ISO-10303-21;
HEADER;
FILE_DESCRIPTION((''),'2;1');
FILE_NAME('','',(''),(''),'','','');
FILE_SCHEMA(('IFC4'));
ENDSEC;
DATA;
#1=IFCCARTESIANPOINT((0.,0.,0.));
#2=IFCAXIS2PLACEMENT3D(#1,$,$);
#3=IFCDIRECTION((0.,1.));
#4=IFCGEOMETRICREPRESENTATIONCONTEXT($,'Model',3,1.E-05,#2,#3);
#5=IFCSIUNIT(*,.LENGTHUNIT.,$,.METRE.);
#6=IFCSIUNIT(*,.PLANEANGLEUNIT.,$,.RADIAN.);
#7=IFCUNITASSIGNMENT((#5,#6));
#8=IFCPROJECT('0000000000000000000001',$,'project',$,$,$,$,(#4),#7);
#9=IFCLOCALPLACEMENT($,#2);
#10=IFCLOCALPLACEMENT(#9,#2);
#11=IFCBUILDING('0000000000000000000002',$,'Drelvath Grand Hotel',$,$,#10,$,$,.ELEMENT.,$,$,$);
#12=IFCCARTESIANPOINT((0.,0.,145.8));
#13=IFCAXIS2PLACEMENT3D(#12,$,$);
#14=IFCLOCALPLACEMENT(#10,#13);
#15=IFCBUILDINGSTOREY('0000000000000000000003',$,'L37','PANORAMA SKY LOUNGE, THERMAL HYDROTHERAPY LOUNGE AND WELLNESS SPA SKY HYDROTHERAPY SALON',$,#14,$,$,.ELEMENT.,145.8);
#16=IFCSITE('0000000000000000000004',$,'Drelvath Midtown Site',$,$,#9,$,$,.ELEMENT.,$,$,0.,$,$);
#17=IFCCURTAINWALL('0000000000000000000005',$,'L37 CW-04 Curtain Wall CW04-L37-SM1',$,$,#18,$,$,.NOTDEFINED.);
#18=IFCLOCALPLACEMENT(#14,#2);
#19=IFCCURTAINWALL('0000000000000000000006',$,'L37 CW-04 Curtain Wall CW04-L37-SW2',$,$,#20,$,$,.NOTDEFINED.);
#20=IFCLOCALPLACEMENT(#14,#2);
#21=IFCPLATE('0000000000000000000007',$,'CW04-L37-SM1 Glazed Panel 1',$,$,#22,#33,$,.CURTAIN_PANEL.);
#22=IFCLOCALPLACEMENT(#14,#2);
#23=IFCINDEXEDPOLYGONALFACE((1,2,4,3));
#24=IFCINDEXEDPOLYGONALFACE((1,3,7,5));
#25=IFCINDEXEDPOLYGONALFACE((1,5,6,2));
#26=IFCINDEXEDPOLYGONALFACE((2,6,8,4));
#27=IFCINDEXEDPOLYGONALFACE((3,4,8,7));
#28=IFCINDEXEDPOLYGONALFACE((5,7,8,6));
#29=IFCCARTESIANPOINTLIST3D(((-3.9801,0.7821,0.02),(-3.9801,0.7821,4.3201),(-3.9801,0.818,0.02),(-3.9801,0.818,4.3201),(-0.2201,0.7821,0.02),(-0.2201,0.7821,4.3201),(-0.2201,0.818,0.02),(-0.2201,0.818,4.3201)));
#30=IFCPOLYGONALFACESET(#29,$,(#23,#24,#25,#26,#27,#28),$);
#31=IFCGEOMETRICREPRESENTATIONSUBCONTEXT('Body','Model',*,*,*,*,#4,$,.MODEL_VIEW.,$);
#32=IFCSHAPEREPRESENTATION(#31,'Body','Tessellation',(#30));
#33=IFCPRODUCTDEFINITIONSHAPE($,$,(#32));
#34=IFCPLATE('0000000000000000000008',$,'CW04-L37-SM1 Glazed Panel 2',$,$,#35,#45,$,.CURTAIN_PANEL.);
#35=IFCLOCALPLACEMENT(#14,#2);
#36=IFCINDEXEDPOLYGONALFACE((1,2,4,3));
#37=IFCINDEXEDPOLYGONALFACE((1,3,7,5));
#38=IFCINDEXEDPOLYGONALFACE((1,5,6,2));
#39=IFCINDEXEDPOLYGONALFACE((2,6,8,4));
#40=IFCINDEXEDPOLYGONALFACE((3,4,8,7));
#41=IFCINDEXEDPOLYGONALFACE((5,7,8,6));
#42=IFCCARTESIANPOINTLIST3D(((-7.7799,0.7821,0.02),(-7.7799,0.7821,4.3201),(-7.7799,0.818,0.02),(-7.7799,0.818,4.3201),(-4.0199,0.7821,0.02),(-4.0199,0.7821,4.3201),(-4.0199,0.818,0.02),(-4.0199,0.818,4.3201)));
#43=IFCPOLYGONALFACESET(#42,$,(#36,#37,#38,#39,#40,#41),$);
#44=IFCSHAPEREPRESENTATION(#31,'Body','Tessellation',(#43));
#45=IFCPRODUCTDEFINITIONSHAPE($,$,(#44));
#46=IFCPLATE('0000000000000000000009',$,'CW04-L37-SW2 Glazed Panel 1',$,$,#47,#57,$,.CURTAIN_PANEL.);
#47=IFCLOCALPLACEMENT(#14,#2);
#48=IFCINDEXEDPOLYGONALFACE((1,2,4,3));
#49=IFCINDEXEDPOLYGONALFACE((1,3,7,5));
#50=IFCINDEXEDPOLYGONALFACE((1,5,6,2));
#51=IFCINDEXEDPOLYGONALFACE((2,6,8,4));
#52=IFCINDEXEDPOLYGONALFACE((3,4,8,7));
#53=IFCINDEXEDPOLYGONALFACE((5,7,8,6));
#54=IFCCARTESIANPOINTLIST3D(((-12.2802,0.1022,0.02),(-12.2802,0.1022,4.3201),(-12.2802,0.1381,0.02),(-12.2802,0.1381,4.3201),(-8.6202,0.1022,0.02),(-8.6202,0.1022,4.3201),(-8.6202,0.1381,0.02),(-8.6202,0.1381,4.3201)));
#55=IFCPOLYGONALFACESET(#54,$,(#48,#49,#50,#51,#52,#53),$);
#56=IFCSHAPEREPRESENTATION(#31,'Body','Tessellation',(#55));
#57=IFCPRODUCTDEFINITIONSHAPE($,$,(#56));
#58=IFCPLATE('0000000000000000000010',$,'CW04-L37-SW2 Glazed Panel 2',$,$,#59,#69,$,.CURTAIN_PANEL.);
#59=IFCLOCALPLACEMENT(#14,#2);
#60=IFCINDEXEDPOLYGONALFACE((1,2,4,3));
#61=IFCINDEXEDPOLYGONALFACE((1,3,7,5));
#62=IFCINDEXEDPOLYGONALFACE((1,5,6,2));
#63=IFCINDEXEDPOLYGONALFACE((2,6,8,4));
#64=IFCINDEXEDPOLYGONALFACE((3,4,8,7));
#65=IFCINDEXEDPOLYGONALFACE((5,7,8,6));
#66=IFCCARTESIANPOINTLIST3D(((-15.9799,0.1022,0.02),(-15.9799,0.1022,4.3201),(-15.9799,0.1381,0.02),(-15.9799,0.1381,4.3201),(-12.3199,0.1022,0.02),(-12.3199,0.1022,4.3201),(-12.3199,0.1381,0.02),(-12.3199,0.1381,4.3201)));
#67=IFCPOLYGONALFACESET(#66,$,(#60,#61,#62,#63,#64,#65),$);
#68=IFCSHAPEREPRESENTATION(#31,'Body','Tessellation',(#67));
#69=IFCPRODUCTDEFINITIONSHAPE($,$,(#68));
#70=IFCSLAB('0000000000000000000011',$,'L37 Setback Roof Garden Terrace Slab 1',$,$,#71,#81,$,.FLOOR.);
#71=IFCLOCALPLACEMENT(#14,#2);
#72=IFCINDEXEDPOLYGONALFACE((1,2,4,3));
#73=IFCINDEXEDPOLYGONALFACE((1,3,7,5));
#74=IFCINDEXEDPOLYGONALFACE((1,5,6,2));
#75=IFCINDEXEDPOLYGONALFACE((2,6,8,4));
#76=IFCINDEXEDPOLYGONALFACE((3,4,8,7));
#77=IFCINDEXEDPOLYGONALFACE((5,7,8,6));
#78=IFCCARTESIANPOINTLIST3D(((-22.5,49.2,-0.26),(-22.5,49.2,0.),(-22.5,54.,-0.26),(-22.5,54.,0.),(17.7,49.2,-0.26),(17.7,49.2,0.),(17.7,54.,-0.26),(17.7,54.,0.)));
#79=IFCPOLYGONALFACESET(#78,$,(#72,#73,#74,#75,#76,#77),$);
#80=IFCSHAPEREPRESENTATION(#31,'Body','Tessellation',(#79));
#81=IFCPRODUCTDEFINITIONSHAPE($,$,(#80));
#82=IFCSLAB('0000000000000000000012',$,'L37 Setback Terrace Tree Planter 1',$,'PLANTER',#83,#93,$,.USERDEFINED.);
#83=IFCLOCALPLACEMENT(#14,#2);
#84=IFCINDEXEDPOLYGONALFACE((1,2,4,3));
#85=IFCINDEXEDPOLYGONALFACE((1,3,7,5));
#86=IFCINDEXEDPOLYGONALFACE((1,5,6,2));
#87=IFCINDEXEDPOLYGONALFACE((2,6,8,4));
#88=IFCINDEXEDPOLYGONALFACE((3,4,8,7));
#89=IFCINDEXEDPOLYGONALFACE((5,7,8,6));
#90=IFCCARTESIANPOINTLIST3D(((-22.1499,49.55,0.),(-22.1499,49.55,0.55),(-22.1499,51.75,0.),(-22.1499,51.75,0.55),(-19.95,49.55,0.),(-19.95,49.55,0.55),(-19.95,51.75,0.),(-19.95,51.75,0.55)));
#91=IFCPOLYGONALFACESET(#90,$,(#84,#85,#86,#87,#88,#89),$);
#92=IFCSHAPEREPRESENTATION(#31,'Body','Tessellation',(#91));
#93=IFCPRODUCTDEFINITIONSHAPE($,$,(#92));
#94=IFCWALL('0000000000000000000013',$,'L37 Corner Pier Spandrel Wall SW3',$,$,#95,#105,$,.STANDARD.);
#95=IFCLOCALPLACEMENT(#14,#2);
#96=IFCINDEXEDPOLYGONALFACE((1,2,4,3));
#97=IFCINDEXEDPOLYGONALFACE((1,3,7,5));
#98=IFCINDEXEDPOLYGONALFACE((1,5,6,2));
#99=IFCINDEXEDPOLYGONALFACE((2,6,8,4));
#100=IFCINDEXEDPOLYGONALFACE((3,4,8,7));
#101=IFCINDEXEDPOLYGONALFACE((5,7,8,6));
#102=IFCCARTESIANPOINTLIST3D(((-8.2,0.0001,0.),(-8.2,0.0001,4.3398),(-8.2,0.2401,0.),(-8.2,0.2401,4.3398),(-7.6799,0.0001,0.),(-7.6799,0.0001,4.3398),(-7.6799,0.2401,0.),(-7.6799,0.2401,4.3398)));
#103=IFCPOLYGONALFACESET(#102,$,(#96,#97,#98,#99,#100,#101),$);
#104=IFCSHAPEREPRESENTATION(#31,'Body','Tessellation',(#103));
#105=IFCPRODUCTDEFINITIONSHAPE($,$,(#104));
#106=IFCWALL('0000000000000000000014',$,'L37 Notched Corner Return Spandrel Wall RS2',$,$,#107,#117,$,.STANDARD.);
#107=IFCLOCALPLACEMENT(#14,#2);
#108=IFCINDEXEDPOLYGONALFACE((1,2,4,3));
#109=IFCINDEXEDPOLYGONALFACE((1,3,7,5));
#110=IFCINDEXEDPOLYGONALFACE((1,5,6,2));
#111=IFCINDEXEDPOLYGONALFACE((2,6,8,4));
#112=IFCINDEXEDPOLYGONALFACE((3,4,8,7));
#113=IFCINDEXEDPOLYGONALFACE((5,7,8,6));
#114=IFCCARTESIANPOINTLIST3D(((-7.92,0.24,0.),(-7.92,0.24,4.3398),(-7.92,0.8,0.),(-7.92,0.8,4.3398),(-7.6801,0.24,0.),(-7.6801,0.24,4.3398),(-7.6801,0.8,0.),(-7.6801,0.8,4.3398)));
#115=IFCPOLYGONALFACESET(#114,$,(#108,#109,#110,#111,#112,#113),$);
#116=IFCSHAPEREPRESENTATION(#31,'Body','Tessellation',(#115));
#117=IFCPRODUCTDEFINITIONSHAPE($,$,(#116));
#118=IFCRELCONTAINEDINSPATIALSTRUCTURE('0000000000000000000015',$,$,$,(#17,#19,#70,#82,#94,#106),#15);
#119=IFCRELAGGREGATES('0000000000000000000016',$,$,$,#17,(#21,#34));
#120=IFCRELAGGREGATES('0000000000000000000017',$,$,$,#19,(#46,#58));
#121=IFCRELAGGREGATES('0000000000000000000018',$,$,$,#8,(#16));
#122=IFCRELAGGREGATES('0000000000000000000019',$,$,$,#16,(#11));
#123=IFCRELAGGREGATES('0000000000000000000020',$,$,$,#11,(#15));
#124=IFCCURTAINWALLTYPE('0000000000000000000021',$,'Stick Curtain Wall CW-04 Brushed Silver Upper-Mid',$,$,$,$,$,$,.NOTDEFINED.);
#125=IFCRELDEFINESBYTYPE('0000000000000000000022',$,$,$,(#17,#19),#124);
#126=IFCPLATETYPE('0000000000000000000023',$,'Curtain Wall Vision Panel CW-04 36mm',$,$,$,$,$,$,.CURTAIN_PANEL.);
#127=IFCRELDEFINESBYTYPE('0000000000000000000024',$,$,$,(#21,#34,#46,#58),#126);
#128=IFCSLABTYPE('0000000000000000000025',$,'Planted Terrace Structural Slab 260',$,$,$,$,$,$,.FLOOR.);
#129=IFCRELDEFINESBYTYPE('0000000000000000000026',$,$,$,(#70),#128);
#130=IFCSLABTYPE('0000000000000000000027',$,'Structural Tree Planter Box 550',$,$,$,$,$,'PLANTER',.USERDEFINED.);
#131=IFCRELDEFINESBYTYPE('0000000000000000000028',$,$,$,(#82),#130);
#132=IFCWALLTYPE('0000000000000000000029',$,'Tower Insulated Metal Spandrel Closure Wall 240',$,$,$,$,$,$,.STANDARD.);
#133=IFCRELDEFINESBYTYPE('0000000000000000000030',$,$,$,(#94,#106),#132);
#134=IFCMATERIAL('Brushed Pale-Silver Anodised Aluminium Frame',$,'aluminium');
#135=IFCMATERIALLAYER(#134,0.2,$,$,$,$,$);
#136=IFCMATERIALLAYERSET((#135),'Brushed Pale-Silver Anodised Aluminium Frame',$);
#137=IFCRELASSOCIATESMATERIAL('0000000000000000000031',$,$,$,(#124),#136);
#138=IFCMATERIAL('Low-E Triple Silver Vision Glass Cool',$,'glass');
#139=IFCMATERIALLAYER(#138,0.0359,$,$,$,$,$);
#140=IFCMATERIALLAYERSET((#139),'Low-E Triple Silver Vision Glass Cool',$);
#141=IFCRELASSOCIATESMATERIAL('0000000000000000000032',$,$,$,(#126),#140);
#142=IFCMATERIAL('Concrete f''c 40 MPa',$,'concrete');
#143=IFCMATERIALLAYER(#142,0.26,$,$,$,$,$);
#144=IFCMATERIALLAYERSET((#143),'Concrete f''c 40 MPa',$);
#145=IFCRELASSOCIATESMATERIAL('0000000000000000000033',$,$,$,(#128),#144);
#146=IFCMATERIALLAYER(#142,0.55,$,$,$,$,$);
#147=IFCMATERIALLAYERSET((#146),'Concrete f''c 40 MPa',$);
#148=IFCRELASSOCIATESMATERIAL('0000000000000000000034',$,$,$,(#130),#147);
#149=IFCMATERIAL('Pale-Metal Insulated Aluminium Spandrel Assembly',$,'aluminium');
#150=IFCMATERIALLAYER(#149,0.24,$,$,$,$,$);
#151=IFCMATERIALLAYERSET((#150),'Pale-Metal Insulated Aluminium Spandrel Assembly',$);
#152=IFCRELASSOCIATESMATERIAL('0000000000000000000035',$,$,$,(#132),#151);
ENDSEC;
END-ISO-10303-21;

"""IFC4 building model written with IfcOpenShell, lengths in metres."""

from ifc_helpers import new_model, si_unit, direction, frame, frame_2d, origin, origin_2d, place, context, subcontext, project, spatial, polyline, rectangle, outline, extrude, material, layer, layer_set, type_object, element, aggregate, save


model = new_model("IFC4")

# Units and contexts
model_context = context("Model", 3, precision=1e-05, world=origin(), true_north=direction((0.0, 1.0)))
body_context = subcontext(model_context, "Body", "Model", "MODEL_VIEW")
ifc_project = project(units=[si_unit("LENGTHUNIT", "METRE"), si_unit("PLANEANGLEUNIT", "RADIAN")], contexts=[model_context])

# Site, building, storey
site_placement = place(None, origin())
site = spatial("IfcSite", under=ifc_project, at=site_placement, Name="Drelvath Midtown Site", CompositionType="ELEMENT", RefElevation=0.0)
building_placement = place(site_placement, origin())
building = spatial("IfcBuilding", under=site, at=building_placement, Name="Drelvath Grand Hotel", CompositionType="ELEMENT")
storey_placement = place(building_placement, frame((0.0, 0.0, 145.8)))
storey = spatial("IfcBuildingStorey", under=building, at=storey_placement, Name="L37", Description="PANORAMA SKY LOUNGE, THERMAL HYDROTHERAPY LOUNGE AND WELLNESS SPA SKY HYDROTHERAPY SALON", CompositionType="ELEMENT", Elevation=145.8)

# Curtain walls
ifc_material_1 = material(Name="Brushed Pale-Silver Anodised Aluminium Frame", Category="aluminium")
ifc_layer_1 = layer(ifc_material_1, 0.2)
ifc_layer_set_1 = layer_set([ifc_layer_1], Name="Brushed Pale-Silver Anodised Aluminium Frame")
curtain_wall_type = type_object("IfcCurtainWallType", Name="Stick Curtain Wall CW-04 Brushed Silver Upper-Mid", PredefinedType="NOTDEFINED", material=ifc_layer_set_1)
curtain_wall_1_placement = place(storey_placement, origin())
curtain_wall_1 = element("IfcCurtainWall", 1, at=curtain_wall_1_placement, inside=storey, type_object=curtain_wall_type, Name="L37 CW-04 Curtain Wall CW04-L37-SM1", PredefinedType="NOTDEFINED")
curtain_wall_2_placement = place(storey_placement, origin())
curtain_wall_2 = element("IfcCurtainWall", 2, at=curtain_wall_2_placement, inside=storey, type_object=curtain_wall_type, Name="L37 CW-04 Curtain Wall CW04-L37-SW2", PredefinedType="NOTDEFINED")

# Shared definitions
ifc_material_2 = material(Name="Concrete f'c 40 MPa", Category="concrete")

# Plates
ifc_material_3 = material(Name="Low-E Triple Silver Vision Glass Cool", Category="glass")
ifc_layer_2 = layer(ifc_material_3, 0.0359)
ifc_layer_set_2 = layer_set([ifc_layer_2], Name="Low-E Triple Silver Vision Glass Cool")
plate_type = type_object("IfcPlateType", Name="Curtain Wall Vision Panel CW-04 36mm", PredefinedType="CURTAIN_PANEL", material=ifc_layer_set_2)
plate_1_placement = place(storey_placement, frame((-2.1001, 0.8, 0.02), z_axis=(0.0, 0.0, 1.0), x_axis=(-1.0, 0.0, 0.0)))
plate_1 = element("IfcPlate", 3, at=plate_1_placement, type_object=plate_type, Name="CW04-L37-SM1 Glazed Panel 1", PredefinedType="CURTAIN_PANEL", context=body_context, shape_type="SweptSolid", body=[
    extrude(rectangle(XDim=3.76, YDim=0.0359, at=origin_2d()), origin(), (0.0, 0.0, 1.0), 4.3),
])
plate_2_placement = place(storey_placement, frame((-5.8999, 0.8, 0.02), z_axis=(0.0, 0.0, 1.0), x_axis=(-1.0, 0.0, 0.0)))
plate_2 = element("IfcPlate", 4, at=plate_2_placement, type_object=plate_type, Name="CW04-L37-SM1 Glazed Panel 2", PredefinedType="CURTAIN_PANEL", context=body_context, shape_type="SweptSolid", body=[
    extrude(rectangle(XDim=3.76, YDim=0.0359, at=origin_2d()), origin(), (0.0, 0.0, 1.0), 4.3),
])
aggregate(curtain_wall_1, [plate_1, plate_2])
plate_3_placement = place(storey_placement, frame((-10.4502, 0.1201, 0.02), z_axis=(0.0, 0.0, 1.0), x_axis=(-1.0, 0.0, 0.0)))
plate_3 = element("IfcPlate", 5, at=plate_3_placement, type_object=plate_type, Name="CW04-L37-SW2 Glazed Panel 1", PredefinedType="CURTAIN_PANEL", context=body_context, shape_type="SweptSolid", body=[
    extrude(rectangle(XDim=3.6599, YDim=0.0359, at=origin_2d()), origin(), (0.0, 0.0, 1.0), 4.3),
])
plate_4_placement = place(storey_placement, frame((-14.1499, 0.1201, 0.02), z_axis=(0.0, 0.0, 1.0), x_axis=(-1.0, 0.0, 0.0)))
plate_4 = element("IfcPlate", 6, at=plate_4_placement, type_object=plate_type, Name="CW04-L37-SW2 Glazed Panel 2", PredefinedType="CURTAIN_PANEL", context=body_context, shape_type="SweptSolid", body=[
    extrude(rectangle(XDim=3.6599, YDim=0.0359, at=origin_2d()), origin(), (0.0, 0.0, 1.0), 4.3),
])
aggregate(curtain_wall_2, [plate_3, plate_4])

# Slabs
ifc_layer_3 = layer(ifc_material_2, 0.26)
ifc_layer_set_3 = layer_set([ifc_layer_3], Name="Concrete f'c 40 MPa")
slab_type_1 = type_object("IfcSlabType", Name="Planted Terrace Structural Slab 260", PredefinedType="FLOOR", material=ifc_layer_set_3)
slab_1_placement = place(storey_placement, frame((0.0, 0.0, -0.26)))
element("IfcSlab", 7, at=slab_1_placement, inside=storey, type_object=slab_type_1, Name="L37 Setback Roof Garden Terrace Slab 1", PredefinedType="FLOOR", context=body_context, shape_type="SweptSolid", body=[
    extrude(outline(polyline([(-22.5, 49.2), (17.7, 49.2), (17.7, 54.0), (-22.5, 54.0), (-22.5, 49.2)])), origin(), (0.0, 0.0, 1.0), 0.26),
])
ifc_layer_4 = layer(ifc_material_2, 0.55)
ifc_layer_set_4 = layer_set([ifc_layer_4], Name="Concrete f'c 40 MPa")
slab_type_2 = type_object("IfcSlabType", Name="Structural Tree Planter Box 550", ElementType="PLANTER", PredefinedType="USERDEFINED", material=ifc_layer_set_4)
slab_2_placement = place(storey_placement, origin())
element("IfcSlab", 8, at=slab_2_placement, inside=storey, type_object=slab_type_2, Name="L37 Setback Terrace Tree Planter 1", ObjectType="PLANTER", PredefinedType="USERDEFINED", context=body_context, shape_type="SweptSolid", body=[
    extrude(outline(polyline([(-22.1499, 49.55), (-19.95, 49.55), (-19.95, 51.75), (-22.1499, 51.75), (-22.1499, 49.55)])), origin(), (0.0, 0.0, 1.0), 0.55),
])

# Walls
ifc_material_4 = material(Name="Pale-Metal Insulated Aluminium Spandrel Assembly", Category="aluminium")
ifc_layer_5 = layer(ifc_material_4, 0.24)
ifc_layer_set_5 = layer_set([ifc_layer_5], Name="Pale-Metal Insulated Aluminium Spandrel Assembly")
wall_type = type_object("IfcWallType", Name="Tower Insulated Metal Spandrel Closure Wall 240", PredefinedType="STANDARD", material=ifc_layer_set_5)
wall_1_placement = place(storey_placement, frame((-7.6799, 0.1201, 0.0), z_axis=(0.0, 0.0, 1.0), x_axis=(-1.0, 0.0, 0.0)))
element("IfcWall", 9, at=wall_1_placement, inside=storey, type_object=wall_type, Name="L37 Corner Pier Spandrel Wall SW3", PredefinedType="STANDARD", context=body_context, shape_type="SweptSolid", body=[
    extrude(rectangle(XDim=0.52, YDim=0.24, at=frame_2d((0.26, 0.0))), origin(), (0.0, 0.0, 1.0), 4.3398),
])
wall_2_placement = place(storey_placement, frame((-7.8, 0.8, 0.0), z_axis=(0.0, 0.0, 1.0), x_axis=(0.0, -1.0, 0.0)))
element("IfcWall", 10, at=wall_2_placement, inside=storey, type_object=wall_type, Name="L37 Notched Corner Return Spandrel Wall RS2", PredefinedType="STANDARD", context=body_context, shape_type="SweptSolid", body=[
    extrude(rectangle(XDim=0.5601, YDim=0.24, at=frame_2d((0.28, 0.0))), origin(), (0.0, 0.0, 1.0), 4.3398),
])

save(model, "model.ifc")
